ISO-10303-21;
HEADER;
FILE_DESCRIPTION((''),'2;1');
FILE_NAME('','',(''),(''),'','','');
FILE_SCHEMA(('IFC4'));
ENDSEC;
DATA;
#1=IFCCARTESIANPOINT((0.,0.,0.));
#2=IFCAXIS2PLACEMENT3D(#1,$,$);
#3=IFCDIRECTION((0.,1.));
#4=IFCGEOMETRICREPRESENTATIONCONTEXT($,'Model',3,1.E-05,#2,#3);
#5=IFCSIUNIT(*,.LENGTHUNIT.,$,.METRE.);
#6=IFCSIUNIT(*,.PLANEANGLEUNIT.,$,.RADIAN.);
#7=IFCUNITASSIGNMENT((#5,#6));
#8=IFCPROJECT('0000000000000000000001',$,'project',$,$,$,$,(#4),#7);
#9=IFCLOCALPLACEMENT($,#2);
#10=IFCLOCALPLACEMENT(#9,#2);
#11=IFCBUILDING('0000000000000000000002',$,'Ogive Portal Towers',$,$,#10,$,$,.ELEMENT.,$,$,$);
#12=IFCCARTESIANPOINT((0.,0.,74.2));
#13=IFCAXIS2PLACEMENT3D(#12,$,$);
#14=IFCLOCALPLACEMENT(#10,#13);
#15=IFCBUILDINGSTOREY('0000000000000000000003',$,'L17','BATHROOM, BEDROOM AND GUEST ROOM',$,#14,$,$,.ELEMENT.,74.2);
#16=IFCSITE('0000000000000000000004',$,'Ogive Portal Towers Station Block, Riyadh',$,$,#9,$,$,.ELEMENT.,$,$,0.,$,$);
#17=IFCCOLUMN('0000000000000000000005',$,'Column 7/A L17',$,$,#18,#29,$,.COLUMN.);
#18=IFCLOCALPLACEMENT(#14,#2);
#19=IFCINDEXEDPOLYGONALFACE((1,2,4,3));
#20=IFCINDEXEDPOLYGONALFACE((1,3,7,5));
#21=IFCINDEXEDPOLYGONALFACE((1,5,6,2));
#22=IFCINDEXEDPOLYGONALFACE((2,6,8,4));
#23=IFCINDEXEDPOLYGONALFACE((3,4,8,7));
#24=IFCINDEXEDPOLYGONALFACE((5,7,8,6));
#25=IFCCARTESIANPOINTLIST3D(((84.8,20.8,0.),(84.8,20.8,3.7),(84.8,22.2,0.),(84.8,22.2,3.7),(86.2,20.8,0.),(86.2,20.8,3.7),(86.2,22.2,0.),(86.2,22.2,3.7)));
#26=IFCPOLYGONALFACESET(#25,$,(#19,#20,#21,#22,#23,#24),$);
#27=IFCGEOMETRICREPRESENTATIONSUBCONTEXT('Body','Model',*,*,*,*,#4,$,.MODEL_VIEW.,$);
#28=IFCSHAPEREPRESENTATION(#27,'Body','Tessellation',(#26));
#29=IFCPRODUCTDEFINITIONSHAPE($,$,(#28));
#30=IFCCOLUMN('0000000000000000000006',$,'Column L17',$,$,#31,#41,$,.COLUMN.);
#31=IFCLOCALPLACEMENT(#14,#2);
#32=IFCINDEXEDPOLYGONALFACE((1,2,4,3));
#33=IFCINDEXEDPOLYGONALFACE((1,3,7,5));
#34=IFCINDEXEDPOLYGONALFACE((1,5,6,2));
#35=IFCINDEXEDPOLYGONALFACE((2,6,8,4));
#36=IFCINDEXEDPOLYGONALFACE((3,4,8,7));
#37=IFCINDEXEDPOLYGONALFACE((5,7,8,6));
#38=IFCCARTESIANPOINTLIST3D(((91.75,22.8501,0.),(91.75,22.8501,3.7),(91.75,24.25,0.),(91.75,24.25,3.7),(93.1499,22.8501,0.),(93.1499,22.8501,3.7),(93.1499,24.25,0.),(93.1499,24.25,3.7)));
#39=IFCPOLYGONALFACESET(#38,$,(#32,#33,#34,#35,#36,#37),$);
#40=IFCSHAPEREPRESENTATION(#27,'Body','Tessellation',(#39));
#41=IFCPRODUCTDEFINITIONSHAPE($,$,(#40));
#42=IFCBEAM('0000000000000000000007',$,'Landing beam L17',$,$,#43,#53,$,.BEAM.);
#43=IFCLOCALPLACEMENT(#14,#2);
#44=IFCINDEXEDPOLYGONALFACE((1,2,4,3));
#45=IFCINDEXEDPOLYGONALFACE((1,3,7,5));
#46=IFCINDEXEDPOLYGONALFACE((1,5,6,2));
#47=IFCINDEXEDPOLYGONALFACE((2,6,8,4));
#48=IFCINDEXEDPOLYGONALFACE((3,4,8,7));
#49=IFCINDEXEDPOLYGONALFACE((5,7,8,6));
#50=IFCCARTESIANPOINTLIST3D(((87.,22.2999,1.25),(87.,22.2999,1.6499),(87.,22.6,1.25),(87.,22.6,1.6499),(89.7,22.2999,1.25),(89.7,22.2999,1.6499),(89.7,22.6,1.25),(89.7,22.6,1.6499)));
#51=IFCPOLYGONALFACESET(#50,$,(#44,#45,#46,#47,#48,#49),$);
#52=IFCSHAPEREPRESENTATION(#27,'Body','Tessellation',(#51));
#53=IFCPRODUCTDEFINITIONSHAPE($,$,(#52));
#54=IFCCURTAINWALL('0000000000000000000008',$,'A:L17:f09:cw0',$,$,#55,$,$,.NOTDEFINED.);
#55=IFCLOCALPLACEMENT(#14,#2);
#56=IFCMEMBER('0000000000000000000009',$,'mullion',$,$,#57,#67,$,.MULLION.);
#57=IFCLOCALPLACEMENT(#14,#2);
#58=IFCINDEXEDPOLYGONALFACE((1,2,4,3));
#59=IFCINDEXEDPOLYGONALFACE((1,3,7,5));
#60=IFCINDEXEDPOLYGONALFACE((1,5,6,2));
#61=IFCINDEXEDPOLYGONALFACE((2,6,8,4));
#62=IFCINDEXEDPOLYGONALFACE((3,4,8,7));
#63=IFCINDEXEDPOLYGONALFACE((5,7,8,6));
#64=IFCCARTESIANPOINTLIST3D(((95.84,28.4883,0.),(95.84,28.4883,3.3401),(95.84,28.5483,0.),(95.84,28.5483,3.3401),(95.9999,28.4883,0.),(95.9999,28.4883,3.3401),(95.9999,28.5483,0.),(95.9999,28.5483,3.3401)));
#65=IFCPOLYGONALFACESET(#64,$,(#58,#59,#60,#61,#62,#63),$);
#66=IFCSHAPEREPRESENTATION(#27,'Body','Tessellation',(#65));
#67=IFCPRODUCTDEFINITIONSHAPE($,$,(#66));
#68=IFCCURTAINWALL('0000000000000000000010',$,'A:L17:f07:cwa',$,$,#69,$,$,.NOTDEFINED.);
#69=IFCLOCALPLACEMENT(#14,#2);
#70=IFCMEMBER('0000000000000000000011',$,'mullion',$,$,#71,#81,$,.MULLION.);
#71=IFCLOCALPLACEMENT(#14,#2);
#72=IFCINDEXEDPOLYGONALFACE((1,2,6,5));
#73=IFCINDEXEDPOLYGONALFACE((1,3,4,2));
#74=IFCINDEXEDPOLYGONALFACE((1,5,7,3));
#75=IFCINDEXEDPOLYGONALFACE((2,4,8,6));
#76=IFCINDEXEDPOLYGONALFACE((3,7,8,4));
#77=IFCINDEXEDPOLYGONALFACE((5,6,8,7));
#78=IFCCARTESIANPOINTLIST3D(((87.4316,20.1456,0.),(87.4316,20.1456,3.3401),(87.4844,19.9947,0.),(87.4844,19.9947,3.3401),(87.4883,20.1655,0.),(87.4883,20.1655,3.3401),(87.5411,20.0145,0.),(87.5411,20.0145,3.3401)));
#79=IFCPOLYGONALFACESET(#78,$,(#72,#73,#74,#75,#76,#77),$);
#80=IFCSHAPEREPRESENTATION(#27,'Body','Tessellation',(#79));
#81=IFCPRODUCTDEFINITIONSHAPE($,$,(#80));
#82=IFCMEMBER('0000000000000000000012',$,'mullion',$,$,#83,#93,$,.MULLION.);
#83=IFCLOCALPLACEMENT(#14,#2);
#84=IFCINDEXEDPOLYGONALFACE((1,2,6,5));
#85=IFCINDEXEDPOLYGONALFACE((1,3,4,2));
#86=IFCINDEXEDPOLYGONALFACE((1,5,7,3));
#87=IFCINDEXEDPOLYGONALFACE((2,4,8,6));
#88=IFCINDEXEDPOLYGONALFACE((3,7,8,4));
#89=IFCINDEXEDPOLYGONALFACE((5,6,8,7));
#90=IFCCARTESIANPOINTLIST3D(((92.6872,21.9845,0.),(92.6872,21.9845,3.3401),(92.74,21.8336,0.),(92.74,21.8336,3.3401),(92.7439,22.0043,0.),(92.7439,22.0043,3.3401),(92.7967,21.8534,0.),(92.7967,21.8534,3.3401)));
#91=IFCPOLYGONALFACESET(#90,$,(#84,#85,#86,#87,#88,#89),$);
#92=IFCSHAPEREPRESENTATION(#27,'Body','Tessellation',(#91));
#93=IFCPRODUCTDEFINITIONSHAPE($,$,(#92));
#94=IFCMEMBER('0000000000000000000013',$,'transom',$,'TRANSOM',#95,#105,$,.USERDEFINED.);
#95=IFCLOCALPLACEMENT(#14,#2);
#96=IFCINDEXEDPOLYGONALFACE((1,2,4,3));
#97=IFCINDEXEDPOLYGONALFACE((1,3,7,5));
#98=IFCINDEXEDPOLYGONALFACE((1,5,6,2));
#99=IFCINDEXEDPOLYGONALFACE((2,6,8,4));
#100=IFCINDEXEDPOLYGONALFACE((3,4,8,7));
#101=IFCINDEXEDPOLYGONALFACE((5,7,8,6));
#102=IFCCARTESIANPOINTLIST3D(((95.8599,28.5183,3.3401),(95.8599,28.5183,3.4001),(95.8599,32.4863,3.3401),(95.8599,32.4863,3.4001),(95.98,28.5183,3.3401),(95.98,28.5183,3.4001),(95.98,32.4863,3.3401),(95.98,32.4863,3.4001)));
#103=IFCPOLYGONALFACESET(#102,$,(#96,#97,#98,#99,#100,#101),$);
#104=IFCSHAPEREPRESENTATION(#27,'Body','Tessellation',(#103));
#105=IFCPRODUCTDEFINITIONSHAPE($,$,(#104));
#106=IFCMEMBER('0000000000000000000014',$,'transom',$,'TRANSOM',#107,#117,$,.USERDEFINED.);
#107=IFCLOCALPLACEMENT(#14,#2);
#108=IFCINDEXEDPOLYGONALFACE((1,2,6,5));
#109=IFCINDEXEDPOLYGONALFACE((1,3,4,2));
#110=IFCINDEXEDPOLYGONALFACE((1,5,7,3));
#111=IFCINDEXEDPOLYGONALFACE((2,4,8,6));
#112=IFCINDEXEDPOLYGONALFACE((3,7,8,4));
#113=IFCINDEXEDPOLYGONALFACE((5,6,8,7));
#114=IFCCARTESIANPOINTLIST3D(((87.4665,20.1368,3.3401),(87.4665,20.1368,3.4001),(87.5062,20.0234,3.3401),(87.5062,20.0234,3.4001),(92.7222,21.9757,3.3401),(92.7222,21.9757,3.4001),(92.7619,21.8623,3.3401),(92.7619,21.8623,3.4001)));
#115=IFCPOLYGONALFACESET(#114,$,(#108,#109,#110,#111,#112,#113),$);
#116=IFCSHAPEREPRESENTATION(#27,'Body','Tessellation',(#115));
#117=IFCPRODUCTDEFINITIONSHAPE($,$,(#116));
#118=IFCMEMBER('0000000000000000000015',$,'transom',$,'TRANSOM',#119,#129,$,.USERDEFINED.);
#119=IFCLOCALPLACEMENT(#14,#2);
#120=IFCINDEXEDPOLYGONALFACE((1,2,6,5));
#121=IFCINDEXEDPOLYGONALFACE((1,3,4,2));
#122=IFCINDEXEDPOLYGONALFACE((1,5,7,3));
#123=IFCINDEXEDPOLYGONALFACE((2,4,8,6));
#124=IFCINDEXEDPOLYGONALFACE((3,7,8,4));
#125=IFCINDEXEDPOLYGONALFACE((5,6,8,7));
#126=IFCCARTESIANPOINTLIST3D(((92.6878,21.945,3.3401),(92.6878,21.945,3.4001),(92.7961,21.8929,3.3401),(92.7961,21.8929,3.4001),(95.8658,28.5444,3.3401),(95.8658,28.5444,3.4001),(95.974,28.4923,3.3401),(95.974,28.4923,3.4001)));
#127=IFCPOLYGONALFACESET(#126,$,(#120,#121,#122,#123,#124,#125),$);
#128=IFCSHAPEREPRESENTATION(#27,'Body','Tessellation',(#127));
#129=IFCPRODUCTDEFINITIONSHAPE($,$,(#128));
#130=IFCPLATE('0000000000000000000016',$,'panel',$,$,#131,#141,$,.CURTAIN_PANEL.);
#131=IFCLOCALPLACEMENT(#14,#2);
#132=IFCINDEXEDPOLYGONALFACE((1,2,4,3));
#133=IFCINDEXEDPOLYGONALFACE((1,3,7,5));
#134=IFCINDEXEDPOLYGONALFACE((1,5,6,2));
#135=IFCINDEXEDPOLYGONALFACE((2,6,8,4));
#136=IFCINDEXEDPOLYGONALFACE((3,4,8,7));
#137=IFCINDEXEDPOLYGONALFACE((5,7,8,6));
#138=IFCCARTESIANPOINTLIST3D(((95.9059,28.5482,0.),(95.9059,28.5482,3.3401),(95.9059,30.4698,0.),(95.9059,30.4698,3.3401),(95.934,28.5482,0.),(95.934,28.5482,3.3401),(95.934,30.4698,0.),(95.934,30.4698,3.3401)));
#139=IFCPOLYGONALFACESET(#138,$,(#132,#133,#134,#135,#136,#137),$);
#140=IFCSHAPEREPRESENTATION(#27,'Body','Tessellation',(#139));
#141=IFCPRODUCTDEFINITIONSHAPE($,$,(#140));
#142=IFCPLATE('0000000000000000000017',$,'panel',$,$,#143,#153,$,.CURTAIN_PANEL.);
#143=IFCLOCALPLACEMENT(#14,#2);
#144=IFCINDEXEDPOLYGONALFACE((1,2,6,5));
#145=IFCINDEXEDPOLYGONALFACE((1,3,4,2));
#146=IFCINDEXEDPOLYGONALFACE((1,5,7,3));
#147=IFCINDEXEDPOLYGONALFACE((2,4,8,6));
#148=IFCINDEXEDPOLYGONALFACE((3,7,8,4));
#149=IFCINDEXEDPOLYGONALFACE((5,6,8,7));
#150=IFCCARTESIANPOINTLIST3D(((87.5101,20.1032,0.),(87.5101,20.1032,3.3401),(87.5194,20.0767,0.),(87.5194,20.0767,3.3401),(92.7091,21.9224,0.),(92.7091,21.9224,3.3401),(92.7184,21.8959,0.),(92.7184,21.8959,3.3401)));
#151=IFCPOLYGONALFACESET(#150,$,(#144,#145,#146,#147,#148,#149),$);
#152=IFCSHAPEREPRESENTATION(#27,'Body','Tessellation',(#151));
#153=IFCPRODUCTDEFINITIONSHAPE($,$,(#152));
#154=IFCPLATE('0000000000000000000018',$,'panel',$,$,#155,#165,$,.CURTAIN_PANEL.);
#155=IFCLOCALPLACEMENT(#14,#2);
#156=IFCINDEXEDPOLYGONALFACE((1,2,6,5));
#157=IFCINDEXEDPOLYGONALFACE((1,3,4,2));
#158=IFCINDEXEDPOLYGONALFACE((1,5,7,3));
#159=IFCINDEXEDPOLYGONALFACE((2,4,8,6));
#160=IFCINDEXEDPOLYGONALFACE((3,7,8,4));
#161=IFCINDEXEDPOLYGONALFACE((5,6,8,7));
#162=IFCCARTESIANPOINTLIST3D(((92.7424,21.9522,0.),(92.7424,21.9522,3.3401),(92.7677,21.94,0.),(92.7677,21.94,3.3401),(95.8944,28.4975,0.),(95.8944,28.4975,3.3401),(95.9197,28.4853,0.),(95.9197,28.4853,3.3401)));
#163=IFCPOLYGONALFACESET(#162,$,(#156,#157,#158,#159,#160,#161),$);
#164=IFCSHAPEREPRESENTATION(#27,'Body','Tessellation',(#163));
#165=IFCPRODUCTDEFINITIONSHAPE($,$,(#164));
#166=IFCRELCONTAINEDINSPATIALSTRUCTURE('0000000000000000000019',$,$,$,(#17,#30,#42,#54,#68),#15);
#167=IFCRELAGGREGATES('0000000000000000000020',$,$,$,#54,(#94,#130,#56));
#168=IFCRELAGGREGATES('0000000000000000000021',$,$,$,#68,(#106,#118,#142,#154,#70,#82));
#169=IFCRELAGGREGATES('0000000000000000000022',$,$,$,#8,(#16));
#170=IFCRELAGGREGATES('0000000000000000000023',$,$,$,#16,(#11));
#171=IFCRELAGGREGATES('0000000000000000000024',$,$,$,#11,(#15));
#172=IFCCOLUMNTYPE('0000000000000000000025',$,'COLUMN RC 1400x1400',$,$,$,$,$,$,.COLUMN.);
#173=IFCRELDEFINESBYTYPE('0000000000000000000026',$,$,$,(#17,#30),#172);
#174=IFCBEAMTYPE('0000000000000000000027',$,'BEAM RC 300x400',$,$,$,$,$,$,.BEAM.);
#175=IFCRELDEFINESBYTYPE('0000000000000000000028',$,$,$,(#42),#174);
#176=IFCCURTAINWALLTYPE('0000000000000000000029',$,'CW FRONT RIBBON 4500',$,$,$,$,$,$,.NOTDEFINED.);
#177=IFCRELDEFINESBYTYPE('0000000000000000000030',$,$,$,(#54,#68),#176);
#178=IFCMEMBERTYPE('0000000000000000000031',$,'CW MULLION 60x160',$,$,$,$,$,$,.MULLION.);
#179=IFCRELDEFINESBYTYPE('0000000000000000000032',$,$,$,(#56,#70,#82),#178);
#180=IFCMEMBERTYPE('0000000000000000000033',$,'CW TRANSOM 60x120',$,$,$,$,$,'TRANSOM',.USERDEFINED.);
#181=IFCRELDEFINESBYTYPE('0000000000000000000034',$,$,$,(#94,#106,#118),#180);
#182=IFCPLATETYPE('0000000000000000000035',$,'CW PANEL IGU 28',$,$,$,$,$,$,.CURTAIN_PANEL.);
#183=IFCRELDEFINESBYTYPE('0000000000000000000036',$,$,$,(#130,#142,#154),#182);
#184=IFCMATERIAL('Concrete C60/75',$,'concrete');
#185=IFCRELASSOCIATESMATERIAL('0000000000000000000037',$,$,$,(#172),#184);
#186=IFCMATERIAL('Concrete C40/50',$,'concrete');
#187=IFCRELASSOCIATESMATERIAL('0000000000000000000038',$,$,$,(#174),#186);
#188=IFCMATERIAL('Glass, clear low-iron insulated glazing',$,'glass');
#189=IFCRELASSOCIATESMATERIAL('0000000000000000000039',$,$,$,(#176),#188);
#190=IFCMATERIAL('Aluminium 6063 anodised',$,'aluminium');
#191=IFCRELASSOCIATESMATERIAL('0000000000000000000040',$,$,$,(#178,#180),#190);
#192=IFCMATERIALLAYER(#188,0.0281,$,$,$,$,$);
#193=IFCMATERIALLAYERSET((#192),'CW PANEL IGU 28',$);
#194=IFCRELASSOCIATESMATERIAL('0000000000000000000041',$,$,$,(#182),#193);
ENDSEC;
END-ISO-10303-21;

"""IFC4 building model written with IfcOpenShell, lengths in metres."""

from ifc_helpers import new_model, si_unit, direction, frame, origin, origin_2d, place, context, subcontext, project, spatial, rectangle, extrude, material, layer, layer_set, material_profile, profile_set, type_object, element, aggregate, save


model = new_model("IFC4")

# Units and contexts
model_context = context("Model", 3, precision=1e-05, world=origin(), true_north=direction((0.0, 1.0)))
body_context = subcontext(model_context, "Body", "Model", "MODEL_VIEW")
ifc_project = project(units=[si_unit("LENGTHUNIT", "METRE"), si_unit("PLANEANGLEUNIT", "RADIAN")], contexts=[model_context])

# Site, building, storey
site_placement = place(None, origin())
site = spatial("IfcSite", under=ifc_project, at=site_placement, Name="Ogive Portal Towers Station Block, Riyadh", CompositionType="ELEMENT", RefElevation=0.0)
building_placement = place(site_placement, origin())
building = spatial("IfcBuilding", under=site, at=building_placement, Name="Ogive Portal Towers", CompositionType="ELEMENT")
storey_placement = place(building_placement, frame((0.0, 0.0, 74.2)))
storey = spatial("IfcBuildingStorey", under=building, at=storey_placement, Name="L17", Description="BATHROOM, BEDROOM AND GUEST ROOM", CompositionType="ELEMENT", Elevation=74.2)

# Columns
ifc_material_1 = material(Name="Concrete C60/75", Category="concrete")
ifc_material_profile_1 = material_profile(ifc_material_1, rectangle(XDim=1.3999, YDim=1.3999, at=origin_2d()), Name="RC 1400x1400")
ifc_profile_set_1 = profile_set([ifc_material_profile_1], Name="Concrete C60/75")
column_type = type_object("IfcColumnType", Name="COLUMN RC 1400x1400", PredefinedType="COLUMN", material=ifc_profile_set_1)
for number, where, z_axis, x_axis, name in (
    (1, (85.5, 21.5, 0.0), (0.0, 0.0, 1.0), (1.0, 0.0, 0.0), "Column 7/A L17"),
    (2, (92.45, 23.55, 0.0), (0.0, 0.0, 1.0), (1.0, 0.0, 0.0), "Column L17"),
):
    element("IfcColumn", number, at=place(storey_placement, frame(where, z_axis=z_axis, x_axis=x_axis)), inside=storey, type_object=column_type, Name=name, PredefinedType="COLUMN", context=body_context, shape_type="SweptSolid", body=[
        extrude(rectangle(XDim=1.3999, YDim=1.3999, at=origin_2d()), origin(), (0.0, 0.0, 1.0), 3.7),
    ])

# Beam
ifc_material_2 = material(Name="Concrete C40/50", Category="concrete")
ifc_material_profile_2 = material_profile(ifc_material_2, rectangle(XDim=0.3, YDim=0.3999, at=origin_2d()), Name="RC 300x400")
ifc_profile_set_2 = profile_set([ifc_material_profile_2], Name="Concrete C40/50")
beam_type = type_object("IfcBeamType", Name="BEAM RC 300x400", PredefinedType="BEAM", material=ifc_profile_set_2)
beam_placement = place(storey_placement, frame((87.0, 22.45, 1.45), z_axis=(1.0, 0.0, 0.0), x_axis=(0.0, 1.0, 0.0)))
element("IfcBeam", 3, at=beam_placement, inside=storey, type_object=beam_type, Name="Landing beam L17", PredefinedType="BEAM", context=body_context, shape_type="SweptSolid", body=[
    extrude(rectangle(XDim=0.3, YDim=0.3999, at=origin_2d()), origin(), (0.0, 0.0, 1.0), 2.7),
])

# Curtain wall, member
ifc_material_3 = material(Name="Glass, clear low-iron insulated glazing", Category="glass")
curtain_wall_type = type_object("IfcCurtainWallType", Name="CW FRONT RIBBON 4500", PredefinedType="NOTDEFINED", material=ifc_material_3)
curtain_wall_1_placement = place(storey_placement, origin())
curtain_wall_1 = element("IfcCurtainWall", 4, at=curtain_wall_1_placement, inside=storey, type_object=curtain_wall_type, Name="A:L17:f09:cw0", PredefinedType="NOTDEFINED")
ifc_material_4 = material(Name="Aluminium 6063 anodised", Category="aluminium")
ifc_material_profile_3 = material_profile(ifc_material_4, rectangle(XDim=0.1599, YDim=0.0601, at=origin_2d()), Name="AL 60x160")
ifc_profile_set_3 = profile_set([ifc_material_profile_3], Name="Aluminium 6063 anodised")
member_type_1 = type_object("IfcMemberType", Name="CW MULLION 60x160", PredefinedType="MULLION", material=ifc_profile_set_3)
member_1_placement = place(storey_placement, frame((95.9199, 28.5183, 0.0), z_axis=(0.0, 0.0, 1.0), x_axis=(-1.0, 0.0, 0.0)))
member_1 = element("IfcMember", 5, at=member_1_placement, type_object=member_type_1, Name="mullion", PredefinedType="MULLION", context=body_context, shape_type="SweptSolid", body=[
    extrude(rectangle(XDim=0.1599, YDim=0.0601, at=origin_2d()), origin(), (0.0, 0.0, 1.0), 3.3401),
])

# Curtain wall, members
curtain_wall_2_placement = place(storey_placement, origin())
curtain_wall_2 = element("IfcCurtainWall", 6, at=curtain_wall_2_placement, inside=storey, type_object=curtain_wall_type, Name="A:L17:f07:cwa", PredefinedType="NOTDEFINED")
member_2_placement = place(storey_placement, frame((87.4863, 20.0801, 0.0), z_axis=(0.0, 0.0, 1.0), x_axis=(-0.330279, 0.943883, 0.0)))
member_2 = element("IfcMember", 7, at=member_2_placement, type_object=member_type_1, Name="mullion", PredefinedType="MULLION", context=body_context, shape_type="SweptSolid", body=[
    extrude(rectangle(XDim=0.1599, YDim=0.0601, at=origin_2d()), origin(), (0.0, 0.0, 1.0), 3.3401),
])
member_3_placement = place(storey_placement, frame((92.7419, 21.9189, 0.0), z_axis=(0.0, 0.0, 1.0), x_axis=(-0.330279, 0.943883, 0.0)))
member_3 = element("IfcMember", 8, at=member_3_placement, type_object=member_type_1, Name="mullion", PredefinedType="MULLION", context=body_context, shape_type="SweptSolid", body=[
    extrude(rectangle(XDim=0.1599, YDim=0.0601, at=origin_2d()), origin(), (0.0, 0.0, 1.0), 3.3401),
])

# Members
ifc_material_profile_4 = material_profile(ifc_material_4, rectangle(XDim=0.1201, YDim=0.0601, at=origin_2d()), Name="AL 120x60")
ifc_profile_set_4 = profile_set([ifc_material_profile_4], Name="Aluminium 6063 anodised")
member_type_2 = type_object("IfcMemberType", Name="CW TRANSOM 60x120", ElementType="TRANSOM", PredefinedType="USERDEFINED", material=ifc_profile_set_4)
member_4_placement = place(storey_placement, frame((95.9199, 28.5183, 3.3701), z_axis=(0.0, 1.0, 0.0), x_axis=(-1.0, 0.0, 0.0)))
member_4 = element("IfcMember", 9, at=member_4_placement, type_object=member_type_2, Name="transom", ObjectType="TRANSOM", PredefinedType="USERDEFINED", context=body_context, shape_type="SweptSolid", body=[
    extrude(rectangle(XDim=0.1201, YDim=0.0601, at=origin_2d()), origin(), (0.0, 0.0, 1.0), 3.968),
])
member_5_placement = place(storey_placement, frame((87.4863, 20.0801, 3.3701), z_axis=(0.943892, 0.330255, 0.0), x_axis=(-0.330255, 0.943892, 0.0)))
member_5 = element("IfcMember", 10, at=member_5_placement, type_object=member_type_2, Name="transom", ObjectType="TRANSOM", PredefinedType="USERDEFINED", context=body_context, shape_type="SweptSolid", body=[
    extrude(rectangle(XDim=0.1201, YDim=0.0601, at=origin_2d()), origin(), (0.0, 0.0, 1.0), 5.5681),
])
member_6_placement = place(storey_placement, frame((92.7419, 21.9189, 3.3701), z_axis=(0.433872, 0.900975, 0.0), x_axis=(-0.900975, 0.433872, 0.0)))
member_6 = element("IfcMember", 11, at=member_6_placement, type_object=member_type_2, Name="transom", ObjectType="TRANSOM", PredefinedType="USERDEFINED", context=body_context, shape_type="SweptSolid", body=[
    extrude(rectangle(XDim=0.1201, YDim=0.0601, at=origin_2d()), origin(), (0.0, 0.0, 1.0), 7.3247),
])

# Plates
ifc_layer_1 = layer(ifc_material_3, 0.0281)
ifc_layer_set_1 = layer_set([ifc_layer_1], Name="CW PANEL IGU 28")
plate_type = type_object("IfcPlateType", Name="CW PANEL IGU 28", PredefinedType="CURTAIN_PANEL", material=ifc_layer_set_1)
plate_1_placement = place(storey_placement, frame((95.9199, 29.509, 0.0), z_axis=(0.0, 0.0, 1.0), x_axis=(0.0, 1.0, 0.0)))
plate_1 = element("IfcPlate", 12, at=plate_1_placement, type_object=plate_type, Name="panel", PredefinedType="CURTAIN_PANEL", context=body_context, shape_type="SweptSolid", body=[
    extrude(rectangle(XDim=1.9216, YDim=0.0281, at=origin_2d()), origin(), (0.0, 0.0, 1.0), 3.3401),
])
aggregate(curtain_wall_1, [member_4, plate_1, member_1])
plate_2_placement = place(storey_placement, frame((90.1143, 20.9995, 0.0), z_axis=(0.0, 0.0, 1.0), x_axis=(0.943883, 0.330279, 0.0)))
plate_2 = element("IfcPlate", 13, at=plate_2_placement, type_object=plate_type, Name="panel", PredefinedType="CURTAIN_PANEL", context=body_context, shape_type="SweptSolid", body=[
    extrude(rectangle(XDim=5.5081, YDim=0.0281, at=origin_2d()), origin(), (0.0, 0.0, 1.0), 3.3401),
])
plate_3_placement = place(storey_placement, frame((94.3311, 25.2188, 0.0), z_axis=(0.0, 0.0, 1.0), x_axis=(0.433884, 0.900969, 0.0)))
plate_3 = element("IfcPlate", 14, at=plate_3_placement, type_object=plate_type, Name="panel", PredefinedType="CURTAIN_PANEL", context=body_context, shape_type="SweptSolid", body=[
    extrude(rectangle(XDim=7.2646, YDim=0.0281, at=origin_2d()), origin(), (0.0, 0.0, 1.0), 3.3401),
])
aggregate(curtain_wall_2, [member_5, member_6, plate_2, plate_3, member_2, member_3])

save(model, "model.ifc")
